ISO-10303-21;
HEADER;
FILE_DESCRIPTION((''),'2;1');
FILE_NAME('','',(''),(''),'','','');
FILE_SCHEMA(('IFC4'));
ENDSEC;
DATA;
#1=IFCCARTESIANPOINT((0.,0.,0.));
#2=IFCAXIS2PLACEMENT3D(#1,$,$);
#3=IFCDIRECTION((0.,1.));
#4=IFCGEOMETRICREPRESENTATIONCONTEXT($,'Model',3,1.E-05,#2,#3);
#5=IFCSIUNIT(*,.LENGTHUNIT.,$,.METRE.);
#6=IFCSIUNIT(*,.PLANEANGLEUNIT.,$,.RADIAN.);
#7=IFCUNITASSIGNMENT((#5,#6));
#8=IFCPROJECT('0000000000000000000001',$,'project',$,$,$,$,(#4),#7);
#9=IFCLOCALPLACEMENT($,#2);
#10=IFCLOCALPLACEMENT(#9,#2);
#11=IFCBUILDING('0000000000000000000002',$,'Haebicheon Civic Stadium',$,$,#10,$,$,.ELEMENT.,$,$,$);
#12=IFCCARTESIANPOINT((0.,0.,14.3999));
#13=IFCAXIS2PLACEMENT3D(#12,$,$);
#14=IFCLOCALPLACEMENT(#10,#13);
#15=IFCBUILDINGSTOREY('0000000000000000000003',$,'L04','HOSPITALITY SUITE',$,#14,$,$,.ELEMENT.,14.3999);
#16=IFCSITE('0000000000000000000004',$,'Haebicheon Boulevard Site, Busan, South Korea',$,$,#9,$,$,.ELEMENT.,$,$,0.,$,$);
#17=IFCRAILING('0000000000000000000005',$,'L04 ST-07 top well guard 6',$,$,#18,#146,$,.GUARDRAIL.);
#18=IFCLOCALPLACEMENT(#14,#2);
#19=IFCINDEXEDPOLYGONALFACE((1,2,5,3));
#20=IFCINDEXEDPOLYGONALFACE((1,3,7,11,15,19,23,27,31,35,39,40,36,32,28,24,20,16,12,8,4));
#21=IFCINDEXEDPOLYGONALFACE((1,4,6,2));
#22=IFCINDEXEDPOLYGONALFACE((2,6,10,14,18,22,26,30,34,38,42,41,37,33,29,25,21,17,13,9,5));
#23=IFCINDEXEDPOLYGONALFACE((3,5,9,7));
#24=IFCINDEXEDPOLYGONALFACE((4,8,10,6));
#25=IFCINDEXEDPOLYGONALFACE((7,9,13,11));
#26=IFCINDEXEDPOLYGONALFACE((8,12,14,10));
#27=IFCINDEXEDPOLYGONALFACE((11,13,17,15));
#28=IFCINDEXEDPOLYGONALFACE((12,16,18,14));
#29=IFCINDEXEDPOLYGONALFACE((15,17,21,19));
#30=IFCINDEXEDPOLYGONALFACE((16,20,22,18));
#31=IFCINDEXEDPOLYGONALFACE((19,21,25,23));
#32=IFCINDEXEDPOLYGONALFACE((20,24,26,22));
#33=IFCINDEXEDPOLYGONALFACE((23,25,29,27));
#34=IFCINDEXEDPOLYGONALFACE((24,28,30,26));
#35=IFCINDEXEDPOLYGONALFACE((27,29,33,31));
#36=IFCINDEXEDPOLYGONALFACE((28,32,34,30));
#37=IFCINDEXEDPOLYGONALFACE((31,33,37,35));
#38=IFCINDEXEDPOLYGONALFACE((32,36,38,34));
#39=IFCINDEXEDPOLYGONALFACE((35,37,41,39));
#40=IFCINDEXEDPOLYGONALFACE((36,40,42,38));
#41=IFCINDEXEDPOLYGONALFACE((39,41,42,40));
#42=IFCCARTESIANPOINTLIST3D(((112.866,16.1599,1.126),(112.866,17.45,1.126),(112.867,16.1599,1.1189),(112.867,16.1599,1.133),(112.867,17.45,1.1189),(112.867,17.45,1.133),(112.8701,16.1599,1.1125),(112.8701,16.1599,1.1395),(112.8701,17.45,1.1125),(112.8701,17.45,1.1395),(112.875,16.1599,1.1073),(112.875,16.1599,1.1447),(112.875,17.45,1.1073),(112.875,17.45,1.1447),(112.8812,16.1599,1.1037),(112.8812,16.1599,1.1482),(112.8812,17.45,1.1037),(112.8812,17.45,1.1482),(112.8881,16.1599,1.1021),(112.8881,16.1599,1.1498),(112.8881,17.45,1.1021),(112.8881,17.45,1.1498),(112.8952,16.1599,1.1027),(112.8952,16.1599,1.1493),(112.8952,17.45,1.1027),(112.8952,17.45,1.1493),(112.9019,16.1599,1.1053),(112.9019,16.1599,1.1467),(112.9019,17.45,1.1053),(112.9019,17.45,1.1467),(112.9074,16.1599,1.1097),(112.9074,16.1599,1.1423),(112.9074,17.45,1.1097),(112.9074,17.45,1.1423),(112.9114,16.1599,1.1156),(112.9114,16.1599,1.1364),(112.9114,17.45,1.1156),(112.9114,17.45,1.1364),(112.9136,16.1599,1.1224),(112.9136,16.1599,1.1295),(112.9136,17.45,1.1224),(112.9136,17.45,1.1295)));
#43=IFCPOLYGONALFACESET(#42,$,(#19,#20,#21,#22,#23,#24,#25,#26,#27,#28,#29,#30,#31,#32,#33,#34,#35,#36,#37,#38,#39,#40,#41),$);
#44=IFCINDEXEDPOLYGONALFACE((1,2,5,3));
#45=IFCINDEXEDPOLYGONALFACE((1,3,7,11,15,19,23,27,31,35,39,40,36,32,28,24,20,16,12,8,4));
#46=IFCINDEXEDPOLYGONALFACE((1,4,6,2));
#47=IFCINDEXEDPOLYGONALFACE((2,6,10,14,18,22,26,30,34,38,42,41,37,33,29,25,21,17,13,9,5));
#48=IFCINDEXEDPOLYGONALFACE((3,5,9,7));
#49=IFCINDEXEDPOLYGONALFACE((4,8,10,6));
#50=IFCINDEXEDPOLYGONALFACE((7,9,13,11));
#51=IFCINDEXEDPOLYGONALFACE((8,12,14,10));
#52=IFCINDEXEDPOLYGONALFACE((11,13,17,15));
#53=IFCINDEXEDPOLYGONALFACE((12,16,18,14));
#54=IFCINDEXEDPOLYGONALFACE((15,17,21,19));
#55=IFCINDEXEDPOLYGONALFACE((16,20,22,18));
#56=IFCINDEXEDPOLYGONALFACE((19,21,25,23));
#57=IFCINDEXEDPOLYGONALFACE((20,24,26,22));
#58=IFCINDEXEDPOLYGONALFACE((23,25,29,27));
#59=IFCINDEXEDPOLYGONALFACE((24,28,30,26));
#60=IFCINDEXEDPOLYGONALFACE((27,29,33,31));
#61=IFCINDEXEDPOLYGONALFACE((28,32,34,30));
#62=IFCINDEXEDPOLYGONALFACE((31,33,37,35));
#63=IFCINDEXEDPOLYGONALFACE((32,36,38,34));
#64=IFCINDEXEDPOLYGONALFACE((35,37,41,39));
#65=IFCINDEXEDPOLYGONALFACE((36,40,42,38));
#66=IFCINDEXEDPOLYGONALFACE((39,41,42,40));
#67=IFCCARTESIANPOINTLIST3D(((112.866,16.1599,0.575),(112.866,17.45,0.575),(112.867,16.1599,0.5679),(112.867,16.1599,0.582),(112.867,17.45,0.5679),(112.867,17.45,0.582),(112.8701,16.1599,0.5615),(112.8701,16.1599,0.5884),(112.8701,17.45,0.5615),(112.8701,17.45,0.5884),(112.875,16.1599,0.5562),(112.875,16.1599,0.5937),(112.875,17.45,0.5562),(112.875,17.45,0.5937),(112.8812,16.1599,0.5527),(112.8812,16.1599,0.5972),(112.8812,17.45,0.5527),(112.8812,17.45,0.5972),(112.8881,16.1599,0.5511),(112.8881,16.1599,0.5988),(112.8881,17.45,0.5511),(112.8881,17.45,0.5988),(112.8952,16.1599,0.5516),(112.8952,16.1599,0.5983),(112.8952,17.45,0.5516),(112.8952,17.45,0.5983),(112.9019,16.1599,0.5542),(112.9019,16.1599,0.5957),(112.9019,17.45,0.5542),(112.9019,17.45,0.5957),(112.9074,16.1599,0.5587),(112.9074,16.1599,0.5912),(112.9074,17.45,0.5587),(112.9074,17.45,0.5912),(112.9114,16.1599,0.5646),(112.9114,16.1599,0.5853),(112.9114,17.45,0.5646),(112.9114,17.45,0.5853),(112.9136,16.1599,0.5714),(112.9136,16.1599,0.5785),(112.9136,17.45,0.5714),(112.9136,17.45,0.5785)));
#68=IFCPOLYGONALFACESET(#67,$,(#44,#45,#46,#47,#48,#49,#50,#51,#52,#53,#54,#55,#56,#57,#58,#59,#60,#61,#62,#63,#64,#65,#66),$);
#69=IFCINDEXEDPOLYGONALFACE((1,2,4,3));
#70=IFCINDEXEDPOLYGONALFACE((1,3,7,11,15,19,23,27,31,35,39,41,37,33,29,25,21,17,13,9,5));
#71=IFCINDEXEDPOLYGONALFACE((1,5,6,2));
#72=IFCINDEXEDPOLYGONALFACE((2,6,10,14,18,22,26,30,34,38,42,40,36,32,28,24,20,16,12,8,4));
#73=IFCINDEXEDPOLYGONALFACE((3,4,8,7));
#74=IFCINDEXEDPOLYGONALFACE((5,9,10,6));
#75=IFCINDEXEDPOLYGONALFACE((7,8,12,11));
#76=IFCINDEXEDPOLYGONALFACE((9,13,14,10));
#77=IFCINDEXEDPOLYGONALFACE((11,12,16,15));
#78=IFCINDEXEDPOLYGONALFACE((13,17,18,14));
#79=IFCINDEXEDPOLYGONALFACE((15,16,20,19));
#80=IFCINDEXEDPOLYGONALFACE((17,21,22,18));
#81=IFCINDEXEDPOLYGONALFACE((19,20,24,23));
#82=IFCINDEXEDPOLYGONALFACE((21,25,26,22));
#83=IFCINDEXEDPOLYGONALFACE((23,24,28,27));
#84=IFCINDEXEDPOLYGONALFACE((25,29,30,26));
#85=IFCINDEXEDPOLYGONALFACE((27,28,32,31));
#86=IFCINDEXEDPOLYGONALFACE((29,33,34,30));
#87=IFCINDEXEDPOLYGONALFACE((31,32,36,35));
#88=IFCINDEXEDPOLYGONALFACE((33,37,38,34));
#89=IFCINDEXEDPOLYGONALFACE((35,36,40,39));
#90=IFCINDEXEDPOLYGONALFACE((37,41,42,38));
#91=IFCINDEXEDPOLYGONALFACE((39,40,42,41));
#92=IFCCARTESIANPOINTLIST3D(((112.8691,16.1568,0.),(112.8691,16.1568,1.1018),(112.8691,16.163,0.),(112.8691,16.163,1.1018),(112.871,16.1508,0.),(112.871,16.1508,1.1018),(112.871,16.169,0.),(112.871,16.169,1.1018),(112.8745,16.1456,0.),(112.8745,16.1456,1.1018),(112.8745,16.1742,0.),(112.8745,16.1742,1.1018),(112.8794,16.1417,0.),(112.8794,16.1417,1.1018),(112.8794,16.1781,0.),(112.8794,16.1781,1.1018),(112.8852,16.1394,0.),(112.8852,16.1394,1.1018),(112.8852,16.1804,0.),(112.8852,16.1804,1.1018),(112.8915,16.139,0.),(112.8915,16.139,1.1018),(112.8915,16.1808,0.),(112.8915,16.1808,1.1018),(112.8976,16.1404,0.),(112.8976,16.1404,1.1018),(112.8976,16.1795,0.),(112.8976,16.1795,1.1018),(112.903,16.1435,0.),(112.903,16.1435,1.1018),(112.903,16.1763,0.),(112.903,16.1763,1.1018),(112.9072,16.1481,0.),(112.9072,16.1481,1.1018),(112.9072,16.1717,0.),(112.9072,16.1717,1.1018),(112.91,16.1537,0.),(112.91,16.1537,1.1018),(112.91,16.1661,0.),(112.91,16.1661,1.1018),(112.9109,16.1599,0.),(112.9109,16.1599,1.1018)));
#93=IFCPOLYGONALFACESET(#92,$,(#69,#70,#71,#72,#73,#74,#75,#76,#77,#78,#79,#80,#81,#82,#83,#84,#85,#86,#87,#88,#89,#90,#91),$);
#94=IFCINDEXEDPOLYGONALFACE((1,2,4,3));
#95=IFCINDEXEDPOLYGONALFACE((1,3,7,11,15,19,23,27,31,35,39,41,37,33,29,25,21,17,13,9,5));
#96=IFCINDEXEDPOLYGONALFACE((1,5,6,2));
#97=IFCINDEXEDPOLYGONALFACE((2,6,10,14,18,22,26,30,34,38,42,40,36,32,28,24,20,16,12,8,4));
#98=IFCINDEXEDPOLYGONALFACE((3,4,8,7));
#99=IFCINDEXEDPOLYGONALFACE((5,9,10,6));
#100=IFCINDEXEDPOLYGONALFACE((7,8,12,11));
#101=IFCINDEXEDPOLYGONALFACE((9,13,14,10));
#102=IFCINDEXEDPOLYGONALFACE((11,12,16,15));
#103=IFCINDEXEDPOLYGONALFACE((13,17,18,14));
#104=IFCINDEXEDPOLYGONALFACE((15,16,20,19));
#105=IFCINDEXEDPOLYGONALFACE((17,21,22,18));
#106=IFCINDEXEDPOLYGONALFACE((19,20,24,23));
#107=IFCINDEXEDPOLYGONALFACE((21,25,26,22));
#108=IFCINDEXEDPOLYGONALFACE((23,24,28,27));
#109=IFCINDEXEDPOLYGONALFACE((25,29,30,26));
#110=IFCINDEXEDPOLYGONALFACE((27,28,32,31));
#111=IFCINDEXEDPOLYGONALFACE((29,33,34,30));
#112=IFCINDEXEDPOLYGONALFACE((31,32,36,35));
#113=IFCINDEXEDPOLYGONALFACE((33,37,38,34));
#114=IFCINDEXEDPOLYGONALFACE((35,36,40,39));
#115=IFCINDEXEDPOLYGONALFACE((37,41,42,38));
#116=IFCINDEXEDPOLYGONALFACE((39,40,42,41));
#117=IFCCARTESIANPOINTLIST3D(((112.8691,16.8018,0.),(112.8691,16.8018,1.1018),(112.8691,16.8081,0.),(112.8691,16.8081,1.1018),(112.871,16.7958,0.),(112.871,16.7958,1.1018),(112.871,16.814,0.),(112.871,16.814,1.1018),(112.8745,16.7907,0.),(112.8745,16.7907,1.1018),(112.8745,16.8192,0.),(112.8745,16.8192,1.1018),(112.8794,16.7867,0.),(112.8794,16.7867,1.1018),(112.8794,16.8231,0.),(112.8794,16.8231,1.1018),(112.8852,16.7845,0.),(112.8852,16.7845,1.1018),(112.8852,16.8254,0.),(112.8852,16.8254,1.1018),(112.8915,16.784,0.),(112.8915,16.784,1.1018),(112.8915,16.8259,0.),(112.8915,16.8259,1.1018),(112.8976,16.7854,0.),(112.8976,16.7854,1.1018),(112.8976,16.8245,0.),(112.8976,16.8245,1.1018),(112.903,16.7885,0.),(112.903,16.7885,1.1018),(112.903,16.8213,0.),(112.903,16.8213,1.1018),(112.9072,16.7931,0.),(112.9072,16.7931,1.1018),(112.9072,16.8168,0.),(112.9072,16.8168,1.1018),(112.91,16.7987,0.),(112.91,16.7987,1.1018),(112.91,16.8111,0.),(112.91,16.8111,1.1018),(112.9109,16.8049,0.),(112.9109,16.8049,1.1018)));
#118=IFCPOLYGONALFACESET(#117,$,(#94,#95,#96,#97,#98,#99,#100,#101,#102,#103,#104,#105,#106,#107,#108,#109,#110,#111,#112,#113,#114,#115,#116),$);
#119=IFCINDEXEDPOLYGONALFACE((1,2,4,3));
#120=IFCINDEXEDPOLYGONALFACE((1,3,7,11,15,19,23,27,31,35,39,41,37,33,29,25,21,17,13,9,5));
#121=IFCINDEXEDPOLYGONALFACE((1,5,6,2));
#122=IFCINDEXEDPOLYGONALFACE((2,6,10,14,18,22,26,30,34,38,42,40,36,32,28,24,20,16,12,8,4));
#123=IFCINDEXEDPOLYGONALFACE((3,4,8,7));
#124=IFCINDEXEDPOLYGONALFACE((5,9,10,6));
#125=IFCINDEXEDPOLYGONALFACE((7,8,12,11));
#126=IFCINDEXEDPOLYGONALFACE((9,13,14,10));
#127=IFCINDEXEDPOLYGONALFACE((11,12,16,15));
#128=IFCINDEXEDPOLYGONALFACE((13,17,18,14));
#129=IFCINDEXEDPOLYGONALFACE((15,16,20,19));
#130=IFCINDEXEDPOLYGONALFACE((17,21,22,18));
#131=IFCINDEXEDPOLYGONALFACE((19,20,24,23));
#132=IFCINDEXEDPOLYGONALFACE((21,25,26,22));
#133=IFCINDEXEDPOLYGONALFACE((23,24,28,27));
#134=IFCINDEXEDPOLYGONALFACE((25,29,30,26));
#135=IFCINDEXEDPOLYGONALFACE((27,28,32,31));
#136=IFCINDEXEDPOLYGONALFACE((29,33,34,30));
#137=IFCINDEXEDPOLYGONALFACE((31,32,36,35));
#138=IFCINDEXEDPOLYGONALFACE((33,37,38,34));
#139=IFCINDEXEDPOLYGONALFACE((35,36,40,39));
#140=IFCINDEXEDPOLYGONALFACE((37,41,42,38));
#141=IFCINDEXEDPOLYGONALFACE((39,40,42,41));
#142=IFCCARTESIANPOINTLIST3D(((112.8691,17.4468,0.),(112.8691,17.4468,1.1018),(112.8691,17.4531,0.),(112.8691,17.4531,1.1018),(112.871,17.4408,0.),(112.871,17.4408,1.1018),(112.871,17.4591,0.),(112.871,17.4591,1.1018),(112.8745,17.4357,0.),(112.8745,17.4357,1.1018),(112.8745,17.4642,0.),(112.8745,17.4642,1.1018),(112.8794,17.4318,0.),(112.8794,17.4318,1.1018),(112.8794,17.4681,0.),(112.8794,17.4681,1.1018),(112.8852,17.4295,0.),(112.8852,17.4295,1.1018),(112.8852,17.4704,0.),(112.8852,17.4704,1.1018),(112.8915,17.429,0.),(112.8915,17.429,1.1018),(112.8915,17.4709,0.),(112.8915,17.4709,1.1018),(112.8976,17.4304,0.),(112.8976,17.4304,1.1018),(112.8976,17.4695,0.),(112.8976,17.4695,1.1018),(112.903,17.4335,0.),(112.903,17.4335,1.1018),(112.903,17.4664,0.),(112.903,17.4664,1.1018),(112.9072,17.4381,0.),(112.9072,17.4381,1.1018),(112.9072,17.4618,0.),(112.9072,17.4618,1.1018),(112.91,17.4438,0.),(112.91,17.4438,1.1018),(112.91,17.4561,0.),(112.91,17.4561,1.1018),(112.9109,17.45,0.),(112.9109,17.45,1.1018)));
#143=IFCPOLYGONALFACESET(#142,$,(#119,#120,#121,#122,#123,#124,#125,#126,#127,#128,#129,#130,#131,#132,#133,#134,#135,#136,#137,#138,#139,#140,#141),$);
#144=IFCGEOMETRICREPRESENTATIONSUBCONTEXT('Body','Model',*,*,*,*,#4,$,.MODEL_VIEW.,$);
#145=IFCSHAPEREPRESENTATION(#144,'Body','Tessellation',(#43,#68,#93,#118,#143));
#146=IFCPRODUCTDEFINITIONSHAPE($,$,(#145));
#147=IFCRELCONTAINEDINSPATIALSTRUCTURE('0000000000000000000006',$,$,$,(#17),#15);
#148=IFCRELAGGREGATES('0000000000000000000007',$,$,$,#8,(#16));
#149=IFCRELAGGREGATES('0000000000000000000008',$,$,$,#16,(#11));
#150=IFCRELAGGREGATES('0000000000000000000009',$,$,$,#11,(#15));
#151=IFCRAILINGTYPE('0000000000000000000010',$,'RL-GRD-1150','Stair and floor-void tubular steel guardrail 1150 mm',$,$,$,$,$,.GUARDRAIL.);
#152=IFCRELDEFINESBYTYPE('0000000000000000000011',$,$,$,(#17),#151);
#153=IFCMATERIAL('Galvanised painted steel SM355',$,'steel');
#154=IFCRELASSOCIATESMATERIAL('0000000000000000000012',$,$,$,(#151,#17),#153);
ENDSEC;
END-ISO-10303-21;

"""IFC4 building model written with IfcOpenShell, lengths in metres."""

from ifc_helpers import new_model, si_unit, direction, frame, origin, origin_2d, place, context, subcontext, project, spatial, circle, extrude, material, type_object, element, save


model = new_model("IFC4")

# Units and contexts
model_context = context("Model", 3, precision=1e-05, world=origin(), true_north=direction((0.0, 1.0)))
body_context = subcontext(model_context, "Body", "Model", "MODEL_VIEW")
ifc_project = project(units=[si_unit("LENGTHUNIT", "METRE"), si_unit("PLANEANGLEUNIT", "RADIAN")], contexts=[model_context])

# Site, building, storey
site_placement = place(None, origin())
site = spatial("IfcSite", under=ifc_project, at=site_placement, Name="Haebicheon Boulevard Site, Busan, South Korea", CompositionType="ELEMENT", RefElevation=0.0)
building_placement = place(site_placement, origin())
building = spatial("IfcBuilding", under=site, at=building_placement, Name="Haebicheon Civic Stadium", CompositionType="ELEMENT")
storey_placement = place(building_placement, frame((0.0, 0.0, 14.3999)))
storey = spatial("IfcBuildingStorey", under=building, at=storey_placement, Name="L04", Description="HOSPITALITY SUITE", CompositionType="ELEMENT", Elevation=14.3999)

# Railing
ifc_material_1 = material(Name="Galvanised painted steel SM355", Category="steel")
railing_type = type_object("IfcRailingType", Name="RL-GRD-1150", Description="Stair and floor-void tubular steel guardrail 1150 mm", PredefinedType="GUARDRAIL", material=ifc_material_1)
for number, where, name in (
    (1, (112.8899, 16.1599, 0.0), "L04 ST-07 top well guard 6"),
):
    element("IfcRailing", number, at=place(storey_placement, frame(where)), inside=storey, type_object=railing_type, material=ifc_material_1, Name=name, PredefinedType="GUARDRAIL", context=body_context, shape_type="SweptSolid", body=[
        extrude(circle(Radius=0.0239, at=origin_2d()), frame((0.0, 0.0, 1.126), z_axis=(0.0, 1.0, 0.0), x_axis=(-1.0, 0.0, 0.0)), (0.0, 0.0, 1.0), 1.29),
        extrude(circle(Radius=0.0239, at=origin_2d()), frame((0.0, 0.0, 0.575), z_axis=(0.0, 1.0, 0.0), x_axis=(-1.0, 0.0, 0.0)), (0.0, 0.0, 1.0), 1.29),
        extrude(circle(Radius=0.021, at=origin_2d()), origin(), (0.0, 0.0, 1.0), 1.1018),
        extrude(circle(Radius=0.021, at=origin_2d()), frame((0.0, 0.645, 0.0)), (0.0, 0.0, 1.0), 1.1018),
        extrude(circle(Radius=0.021, at=origin_2d()), frame((0.0, 1.29, 0.0)), (0.0, 0.0, 1.0), 1.1018),
    ])

save(model, "model.ifc")
